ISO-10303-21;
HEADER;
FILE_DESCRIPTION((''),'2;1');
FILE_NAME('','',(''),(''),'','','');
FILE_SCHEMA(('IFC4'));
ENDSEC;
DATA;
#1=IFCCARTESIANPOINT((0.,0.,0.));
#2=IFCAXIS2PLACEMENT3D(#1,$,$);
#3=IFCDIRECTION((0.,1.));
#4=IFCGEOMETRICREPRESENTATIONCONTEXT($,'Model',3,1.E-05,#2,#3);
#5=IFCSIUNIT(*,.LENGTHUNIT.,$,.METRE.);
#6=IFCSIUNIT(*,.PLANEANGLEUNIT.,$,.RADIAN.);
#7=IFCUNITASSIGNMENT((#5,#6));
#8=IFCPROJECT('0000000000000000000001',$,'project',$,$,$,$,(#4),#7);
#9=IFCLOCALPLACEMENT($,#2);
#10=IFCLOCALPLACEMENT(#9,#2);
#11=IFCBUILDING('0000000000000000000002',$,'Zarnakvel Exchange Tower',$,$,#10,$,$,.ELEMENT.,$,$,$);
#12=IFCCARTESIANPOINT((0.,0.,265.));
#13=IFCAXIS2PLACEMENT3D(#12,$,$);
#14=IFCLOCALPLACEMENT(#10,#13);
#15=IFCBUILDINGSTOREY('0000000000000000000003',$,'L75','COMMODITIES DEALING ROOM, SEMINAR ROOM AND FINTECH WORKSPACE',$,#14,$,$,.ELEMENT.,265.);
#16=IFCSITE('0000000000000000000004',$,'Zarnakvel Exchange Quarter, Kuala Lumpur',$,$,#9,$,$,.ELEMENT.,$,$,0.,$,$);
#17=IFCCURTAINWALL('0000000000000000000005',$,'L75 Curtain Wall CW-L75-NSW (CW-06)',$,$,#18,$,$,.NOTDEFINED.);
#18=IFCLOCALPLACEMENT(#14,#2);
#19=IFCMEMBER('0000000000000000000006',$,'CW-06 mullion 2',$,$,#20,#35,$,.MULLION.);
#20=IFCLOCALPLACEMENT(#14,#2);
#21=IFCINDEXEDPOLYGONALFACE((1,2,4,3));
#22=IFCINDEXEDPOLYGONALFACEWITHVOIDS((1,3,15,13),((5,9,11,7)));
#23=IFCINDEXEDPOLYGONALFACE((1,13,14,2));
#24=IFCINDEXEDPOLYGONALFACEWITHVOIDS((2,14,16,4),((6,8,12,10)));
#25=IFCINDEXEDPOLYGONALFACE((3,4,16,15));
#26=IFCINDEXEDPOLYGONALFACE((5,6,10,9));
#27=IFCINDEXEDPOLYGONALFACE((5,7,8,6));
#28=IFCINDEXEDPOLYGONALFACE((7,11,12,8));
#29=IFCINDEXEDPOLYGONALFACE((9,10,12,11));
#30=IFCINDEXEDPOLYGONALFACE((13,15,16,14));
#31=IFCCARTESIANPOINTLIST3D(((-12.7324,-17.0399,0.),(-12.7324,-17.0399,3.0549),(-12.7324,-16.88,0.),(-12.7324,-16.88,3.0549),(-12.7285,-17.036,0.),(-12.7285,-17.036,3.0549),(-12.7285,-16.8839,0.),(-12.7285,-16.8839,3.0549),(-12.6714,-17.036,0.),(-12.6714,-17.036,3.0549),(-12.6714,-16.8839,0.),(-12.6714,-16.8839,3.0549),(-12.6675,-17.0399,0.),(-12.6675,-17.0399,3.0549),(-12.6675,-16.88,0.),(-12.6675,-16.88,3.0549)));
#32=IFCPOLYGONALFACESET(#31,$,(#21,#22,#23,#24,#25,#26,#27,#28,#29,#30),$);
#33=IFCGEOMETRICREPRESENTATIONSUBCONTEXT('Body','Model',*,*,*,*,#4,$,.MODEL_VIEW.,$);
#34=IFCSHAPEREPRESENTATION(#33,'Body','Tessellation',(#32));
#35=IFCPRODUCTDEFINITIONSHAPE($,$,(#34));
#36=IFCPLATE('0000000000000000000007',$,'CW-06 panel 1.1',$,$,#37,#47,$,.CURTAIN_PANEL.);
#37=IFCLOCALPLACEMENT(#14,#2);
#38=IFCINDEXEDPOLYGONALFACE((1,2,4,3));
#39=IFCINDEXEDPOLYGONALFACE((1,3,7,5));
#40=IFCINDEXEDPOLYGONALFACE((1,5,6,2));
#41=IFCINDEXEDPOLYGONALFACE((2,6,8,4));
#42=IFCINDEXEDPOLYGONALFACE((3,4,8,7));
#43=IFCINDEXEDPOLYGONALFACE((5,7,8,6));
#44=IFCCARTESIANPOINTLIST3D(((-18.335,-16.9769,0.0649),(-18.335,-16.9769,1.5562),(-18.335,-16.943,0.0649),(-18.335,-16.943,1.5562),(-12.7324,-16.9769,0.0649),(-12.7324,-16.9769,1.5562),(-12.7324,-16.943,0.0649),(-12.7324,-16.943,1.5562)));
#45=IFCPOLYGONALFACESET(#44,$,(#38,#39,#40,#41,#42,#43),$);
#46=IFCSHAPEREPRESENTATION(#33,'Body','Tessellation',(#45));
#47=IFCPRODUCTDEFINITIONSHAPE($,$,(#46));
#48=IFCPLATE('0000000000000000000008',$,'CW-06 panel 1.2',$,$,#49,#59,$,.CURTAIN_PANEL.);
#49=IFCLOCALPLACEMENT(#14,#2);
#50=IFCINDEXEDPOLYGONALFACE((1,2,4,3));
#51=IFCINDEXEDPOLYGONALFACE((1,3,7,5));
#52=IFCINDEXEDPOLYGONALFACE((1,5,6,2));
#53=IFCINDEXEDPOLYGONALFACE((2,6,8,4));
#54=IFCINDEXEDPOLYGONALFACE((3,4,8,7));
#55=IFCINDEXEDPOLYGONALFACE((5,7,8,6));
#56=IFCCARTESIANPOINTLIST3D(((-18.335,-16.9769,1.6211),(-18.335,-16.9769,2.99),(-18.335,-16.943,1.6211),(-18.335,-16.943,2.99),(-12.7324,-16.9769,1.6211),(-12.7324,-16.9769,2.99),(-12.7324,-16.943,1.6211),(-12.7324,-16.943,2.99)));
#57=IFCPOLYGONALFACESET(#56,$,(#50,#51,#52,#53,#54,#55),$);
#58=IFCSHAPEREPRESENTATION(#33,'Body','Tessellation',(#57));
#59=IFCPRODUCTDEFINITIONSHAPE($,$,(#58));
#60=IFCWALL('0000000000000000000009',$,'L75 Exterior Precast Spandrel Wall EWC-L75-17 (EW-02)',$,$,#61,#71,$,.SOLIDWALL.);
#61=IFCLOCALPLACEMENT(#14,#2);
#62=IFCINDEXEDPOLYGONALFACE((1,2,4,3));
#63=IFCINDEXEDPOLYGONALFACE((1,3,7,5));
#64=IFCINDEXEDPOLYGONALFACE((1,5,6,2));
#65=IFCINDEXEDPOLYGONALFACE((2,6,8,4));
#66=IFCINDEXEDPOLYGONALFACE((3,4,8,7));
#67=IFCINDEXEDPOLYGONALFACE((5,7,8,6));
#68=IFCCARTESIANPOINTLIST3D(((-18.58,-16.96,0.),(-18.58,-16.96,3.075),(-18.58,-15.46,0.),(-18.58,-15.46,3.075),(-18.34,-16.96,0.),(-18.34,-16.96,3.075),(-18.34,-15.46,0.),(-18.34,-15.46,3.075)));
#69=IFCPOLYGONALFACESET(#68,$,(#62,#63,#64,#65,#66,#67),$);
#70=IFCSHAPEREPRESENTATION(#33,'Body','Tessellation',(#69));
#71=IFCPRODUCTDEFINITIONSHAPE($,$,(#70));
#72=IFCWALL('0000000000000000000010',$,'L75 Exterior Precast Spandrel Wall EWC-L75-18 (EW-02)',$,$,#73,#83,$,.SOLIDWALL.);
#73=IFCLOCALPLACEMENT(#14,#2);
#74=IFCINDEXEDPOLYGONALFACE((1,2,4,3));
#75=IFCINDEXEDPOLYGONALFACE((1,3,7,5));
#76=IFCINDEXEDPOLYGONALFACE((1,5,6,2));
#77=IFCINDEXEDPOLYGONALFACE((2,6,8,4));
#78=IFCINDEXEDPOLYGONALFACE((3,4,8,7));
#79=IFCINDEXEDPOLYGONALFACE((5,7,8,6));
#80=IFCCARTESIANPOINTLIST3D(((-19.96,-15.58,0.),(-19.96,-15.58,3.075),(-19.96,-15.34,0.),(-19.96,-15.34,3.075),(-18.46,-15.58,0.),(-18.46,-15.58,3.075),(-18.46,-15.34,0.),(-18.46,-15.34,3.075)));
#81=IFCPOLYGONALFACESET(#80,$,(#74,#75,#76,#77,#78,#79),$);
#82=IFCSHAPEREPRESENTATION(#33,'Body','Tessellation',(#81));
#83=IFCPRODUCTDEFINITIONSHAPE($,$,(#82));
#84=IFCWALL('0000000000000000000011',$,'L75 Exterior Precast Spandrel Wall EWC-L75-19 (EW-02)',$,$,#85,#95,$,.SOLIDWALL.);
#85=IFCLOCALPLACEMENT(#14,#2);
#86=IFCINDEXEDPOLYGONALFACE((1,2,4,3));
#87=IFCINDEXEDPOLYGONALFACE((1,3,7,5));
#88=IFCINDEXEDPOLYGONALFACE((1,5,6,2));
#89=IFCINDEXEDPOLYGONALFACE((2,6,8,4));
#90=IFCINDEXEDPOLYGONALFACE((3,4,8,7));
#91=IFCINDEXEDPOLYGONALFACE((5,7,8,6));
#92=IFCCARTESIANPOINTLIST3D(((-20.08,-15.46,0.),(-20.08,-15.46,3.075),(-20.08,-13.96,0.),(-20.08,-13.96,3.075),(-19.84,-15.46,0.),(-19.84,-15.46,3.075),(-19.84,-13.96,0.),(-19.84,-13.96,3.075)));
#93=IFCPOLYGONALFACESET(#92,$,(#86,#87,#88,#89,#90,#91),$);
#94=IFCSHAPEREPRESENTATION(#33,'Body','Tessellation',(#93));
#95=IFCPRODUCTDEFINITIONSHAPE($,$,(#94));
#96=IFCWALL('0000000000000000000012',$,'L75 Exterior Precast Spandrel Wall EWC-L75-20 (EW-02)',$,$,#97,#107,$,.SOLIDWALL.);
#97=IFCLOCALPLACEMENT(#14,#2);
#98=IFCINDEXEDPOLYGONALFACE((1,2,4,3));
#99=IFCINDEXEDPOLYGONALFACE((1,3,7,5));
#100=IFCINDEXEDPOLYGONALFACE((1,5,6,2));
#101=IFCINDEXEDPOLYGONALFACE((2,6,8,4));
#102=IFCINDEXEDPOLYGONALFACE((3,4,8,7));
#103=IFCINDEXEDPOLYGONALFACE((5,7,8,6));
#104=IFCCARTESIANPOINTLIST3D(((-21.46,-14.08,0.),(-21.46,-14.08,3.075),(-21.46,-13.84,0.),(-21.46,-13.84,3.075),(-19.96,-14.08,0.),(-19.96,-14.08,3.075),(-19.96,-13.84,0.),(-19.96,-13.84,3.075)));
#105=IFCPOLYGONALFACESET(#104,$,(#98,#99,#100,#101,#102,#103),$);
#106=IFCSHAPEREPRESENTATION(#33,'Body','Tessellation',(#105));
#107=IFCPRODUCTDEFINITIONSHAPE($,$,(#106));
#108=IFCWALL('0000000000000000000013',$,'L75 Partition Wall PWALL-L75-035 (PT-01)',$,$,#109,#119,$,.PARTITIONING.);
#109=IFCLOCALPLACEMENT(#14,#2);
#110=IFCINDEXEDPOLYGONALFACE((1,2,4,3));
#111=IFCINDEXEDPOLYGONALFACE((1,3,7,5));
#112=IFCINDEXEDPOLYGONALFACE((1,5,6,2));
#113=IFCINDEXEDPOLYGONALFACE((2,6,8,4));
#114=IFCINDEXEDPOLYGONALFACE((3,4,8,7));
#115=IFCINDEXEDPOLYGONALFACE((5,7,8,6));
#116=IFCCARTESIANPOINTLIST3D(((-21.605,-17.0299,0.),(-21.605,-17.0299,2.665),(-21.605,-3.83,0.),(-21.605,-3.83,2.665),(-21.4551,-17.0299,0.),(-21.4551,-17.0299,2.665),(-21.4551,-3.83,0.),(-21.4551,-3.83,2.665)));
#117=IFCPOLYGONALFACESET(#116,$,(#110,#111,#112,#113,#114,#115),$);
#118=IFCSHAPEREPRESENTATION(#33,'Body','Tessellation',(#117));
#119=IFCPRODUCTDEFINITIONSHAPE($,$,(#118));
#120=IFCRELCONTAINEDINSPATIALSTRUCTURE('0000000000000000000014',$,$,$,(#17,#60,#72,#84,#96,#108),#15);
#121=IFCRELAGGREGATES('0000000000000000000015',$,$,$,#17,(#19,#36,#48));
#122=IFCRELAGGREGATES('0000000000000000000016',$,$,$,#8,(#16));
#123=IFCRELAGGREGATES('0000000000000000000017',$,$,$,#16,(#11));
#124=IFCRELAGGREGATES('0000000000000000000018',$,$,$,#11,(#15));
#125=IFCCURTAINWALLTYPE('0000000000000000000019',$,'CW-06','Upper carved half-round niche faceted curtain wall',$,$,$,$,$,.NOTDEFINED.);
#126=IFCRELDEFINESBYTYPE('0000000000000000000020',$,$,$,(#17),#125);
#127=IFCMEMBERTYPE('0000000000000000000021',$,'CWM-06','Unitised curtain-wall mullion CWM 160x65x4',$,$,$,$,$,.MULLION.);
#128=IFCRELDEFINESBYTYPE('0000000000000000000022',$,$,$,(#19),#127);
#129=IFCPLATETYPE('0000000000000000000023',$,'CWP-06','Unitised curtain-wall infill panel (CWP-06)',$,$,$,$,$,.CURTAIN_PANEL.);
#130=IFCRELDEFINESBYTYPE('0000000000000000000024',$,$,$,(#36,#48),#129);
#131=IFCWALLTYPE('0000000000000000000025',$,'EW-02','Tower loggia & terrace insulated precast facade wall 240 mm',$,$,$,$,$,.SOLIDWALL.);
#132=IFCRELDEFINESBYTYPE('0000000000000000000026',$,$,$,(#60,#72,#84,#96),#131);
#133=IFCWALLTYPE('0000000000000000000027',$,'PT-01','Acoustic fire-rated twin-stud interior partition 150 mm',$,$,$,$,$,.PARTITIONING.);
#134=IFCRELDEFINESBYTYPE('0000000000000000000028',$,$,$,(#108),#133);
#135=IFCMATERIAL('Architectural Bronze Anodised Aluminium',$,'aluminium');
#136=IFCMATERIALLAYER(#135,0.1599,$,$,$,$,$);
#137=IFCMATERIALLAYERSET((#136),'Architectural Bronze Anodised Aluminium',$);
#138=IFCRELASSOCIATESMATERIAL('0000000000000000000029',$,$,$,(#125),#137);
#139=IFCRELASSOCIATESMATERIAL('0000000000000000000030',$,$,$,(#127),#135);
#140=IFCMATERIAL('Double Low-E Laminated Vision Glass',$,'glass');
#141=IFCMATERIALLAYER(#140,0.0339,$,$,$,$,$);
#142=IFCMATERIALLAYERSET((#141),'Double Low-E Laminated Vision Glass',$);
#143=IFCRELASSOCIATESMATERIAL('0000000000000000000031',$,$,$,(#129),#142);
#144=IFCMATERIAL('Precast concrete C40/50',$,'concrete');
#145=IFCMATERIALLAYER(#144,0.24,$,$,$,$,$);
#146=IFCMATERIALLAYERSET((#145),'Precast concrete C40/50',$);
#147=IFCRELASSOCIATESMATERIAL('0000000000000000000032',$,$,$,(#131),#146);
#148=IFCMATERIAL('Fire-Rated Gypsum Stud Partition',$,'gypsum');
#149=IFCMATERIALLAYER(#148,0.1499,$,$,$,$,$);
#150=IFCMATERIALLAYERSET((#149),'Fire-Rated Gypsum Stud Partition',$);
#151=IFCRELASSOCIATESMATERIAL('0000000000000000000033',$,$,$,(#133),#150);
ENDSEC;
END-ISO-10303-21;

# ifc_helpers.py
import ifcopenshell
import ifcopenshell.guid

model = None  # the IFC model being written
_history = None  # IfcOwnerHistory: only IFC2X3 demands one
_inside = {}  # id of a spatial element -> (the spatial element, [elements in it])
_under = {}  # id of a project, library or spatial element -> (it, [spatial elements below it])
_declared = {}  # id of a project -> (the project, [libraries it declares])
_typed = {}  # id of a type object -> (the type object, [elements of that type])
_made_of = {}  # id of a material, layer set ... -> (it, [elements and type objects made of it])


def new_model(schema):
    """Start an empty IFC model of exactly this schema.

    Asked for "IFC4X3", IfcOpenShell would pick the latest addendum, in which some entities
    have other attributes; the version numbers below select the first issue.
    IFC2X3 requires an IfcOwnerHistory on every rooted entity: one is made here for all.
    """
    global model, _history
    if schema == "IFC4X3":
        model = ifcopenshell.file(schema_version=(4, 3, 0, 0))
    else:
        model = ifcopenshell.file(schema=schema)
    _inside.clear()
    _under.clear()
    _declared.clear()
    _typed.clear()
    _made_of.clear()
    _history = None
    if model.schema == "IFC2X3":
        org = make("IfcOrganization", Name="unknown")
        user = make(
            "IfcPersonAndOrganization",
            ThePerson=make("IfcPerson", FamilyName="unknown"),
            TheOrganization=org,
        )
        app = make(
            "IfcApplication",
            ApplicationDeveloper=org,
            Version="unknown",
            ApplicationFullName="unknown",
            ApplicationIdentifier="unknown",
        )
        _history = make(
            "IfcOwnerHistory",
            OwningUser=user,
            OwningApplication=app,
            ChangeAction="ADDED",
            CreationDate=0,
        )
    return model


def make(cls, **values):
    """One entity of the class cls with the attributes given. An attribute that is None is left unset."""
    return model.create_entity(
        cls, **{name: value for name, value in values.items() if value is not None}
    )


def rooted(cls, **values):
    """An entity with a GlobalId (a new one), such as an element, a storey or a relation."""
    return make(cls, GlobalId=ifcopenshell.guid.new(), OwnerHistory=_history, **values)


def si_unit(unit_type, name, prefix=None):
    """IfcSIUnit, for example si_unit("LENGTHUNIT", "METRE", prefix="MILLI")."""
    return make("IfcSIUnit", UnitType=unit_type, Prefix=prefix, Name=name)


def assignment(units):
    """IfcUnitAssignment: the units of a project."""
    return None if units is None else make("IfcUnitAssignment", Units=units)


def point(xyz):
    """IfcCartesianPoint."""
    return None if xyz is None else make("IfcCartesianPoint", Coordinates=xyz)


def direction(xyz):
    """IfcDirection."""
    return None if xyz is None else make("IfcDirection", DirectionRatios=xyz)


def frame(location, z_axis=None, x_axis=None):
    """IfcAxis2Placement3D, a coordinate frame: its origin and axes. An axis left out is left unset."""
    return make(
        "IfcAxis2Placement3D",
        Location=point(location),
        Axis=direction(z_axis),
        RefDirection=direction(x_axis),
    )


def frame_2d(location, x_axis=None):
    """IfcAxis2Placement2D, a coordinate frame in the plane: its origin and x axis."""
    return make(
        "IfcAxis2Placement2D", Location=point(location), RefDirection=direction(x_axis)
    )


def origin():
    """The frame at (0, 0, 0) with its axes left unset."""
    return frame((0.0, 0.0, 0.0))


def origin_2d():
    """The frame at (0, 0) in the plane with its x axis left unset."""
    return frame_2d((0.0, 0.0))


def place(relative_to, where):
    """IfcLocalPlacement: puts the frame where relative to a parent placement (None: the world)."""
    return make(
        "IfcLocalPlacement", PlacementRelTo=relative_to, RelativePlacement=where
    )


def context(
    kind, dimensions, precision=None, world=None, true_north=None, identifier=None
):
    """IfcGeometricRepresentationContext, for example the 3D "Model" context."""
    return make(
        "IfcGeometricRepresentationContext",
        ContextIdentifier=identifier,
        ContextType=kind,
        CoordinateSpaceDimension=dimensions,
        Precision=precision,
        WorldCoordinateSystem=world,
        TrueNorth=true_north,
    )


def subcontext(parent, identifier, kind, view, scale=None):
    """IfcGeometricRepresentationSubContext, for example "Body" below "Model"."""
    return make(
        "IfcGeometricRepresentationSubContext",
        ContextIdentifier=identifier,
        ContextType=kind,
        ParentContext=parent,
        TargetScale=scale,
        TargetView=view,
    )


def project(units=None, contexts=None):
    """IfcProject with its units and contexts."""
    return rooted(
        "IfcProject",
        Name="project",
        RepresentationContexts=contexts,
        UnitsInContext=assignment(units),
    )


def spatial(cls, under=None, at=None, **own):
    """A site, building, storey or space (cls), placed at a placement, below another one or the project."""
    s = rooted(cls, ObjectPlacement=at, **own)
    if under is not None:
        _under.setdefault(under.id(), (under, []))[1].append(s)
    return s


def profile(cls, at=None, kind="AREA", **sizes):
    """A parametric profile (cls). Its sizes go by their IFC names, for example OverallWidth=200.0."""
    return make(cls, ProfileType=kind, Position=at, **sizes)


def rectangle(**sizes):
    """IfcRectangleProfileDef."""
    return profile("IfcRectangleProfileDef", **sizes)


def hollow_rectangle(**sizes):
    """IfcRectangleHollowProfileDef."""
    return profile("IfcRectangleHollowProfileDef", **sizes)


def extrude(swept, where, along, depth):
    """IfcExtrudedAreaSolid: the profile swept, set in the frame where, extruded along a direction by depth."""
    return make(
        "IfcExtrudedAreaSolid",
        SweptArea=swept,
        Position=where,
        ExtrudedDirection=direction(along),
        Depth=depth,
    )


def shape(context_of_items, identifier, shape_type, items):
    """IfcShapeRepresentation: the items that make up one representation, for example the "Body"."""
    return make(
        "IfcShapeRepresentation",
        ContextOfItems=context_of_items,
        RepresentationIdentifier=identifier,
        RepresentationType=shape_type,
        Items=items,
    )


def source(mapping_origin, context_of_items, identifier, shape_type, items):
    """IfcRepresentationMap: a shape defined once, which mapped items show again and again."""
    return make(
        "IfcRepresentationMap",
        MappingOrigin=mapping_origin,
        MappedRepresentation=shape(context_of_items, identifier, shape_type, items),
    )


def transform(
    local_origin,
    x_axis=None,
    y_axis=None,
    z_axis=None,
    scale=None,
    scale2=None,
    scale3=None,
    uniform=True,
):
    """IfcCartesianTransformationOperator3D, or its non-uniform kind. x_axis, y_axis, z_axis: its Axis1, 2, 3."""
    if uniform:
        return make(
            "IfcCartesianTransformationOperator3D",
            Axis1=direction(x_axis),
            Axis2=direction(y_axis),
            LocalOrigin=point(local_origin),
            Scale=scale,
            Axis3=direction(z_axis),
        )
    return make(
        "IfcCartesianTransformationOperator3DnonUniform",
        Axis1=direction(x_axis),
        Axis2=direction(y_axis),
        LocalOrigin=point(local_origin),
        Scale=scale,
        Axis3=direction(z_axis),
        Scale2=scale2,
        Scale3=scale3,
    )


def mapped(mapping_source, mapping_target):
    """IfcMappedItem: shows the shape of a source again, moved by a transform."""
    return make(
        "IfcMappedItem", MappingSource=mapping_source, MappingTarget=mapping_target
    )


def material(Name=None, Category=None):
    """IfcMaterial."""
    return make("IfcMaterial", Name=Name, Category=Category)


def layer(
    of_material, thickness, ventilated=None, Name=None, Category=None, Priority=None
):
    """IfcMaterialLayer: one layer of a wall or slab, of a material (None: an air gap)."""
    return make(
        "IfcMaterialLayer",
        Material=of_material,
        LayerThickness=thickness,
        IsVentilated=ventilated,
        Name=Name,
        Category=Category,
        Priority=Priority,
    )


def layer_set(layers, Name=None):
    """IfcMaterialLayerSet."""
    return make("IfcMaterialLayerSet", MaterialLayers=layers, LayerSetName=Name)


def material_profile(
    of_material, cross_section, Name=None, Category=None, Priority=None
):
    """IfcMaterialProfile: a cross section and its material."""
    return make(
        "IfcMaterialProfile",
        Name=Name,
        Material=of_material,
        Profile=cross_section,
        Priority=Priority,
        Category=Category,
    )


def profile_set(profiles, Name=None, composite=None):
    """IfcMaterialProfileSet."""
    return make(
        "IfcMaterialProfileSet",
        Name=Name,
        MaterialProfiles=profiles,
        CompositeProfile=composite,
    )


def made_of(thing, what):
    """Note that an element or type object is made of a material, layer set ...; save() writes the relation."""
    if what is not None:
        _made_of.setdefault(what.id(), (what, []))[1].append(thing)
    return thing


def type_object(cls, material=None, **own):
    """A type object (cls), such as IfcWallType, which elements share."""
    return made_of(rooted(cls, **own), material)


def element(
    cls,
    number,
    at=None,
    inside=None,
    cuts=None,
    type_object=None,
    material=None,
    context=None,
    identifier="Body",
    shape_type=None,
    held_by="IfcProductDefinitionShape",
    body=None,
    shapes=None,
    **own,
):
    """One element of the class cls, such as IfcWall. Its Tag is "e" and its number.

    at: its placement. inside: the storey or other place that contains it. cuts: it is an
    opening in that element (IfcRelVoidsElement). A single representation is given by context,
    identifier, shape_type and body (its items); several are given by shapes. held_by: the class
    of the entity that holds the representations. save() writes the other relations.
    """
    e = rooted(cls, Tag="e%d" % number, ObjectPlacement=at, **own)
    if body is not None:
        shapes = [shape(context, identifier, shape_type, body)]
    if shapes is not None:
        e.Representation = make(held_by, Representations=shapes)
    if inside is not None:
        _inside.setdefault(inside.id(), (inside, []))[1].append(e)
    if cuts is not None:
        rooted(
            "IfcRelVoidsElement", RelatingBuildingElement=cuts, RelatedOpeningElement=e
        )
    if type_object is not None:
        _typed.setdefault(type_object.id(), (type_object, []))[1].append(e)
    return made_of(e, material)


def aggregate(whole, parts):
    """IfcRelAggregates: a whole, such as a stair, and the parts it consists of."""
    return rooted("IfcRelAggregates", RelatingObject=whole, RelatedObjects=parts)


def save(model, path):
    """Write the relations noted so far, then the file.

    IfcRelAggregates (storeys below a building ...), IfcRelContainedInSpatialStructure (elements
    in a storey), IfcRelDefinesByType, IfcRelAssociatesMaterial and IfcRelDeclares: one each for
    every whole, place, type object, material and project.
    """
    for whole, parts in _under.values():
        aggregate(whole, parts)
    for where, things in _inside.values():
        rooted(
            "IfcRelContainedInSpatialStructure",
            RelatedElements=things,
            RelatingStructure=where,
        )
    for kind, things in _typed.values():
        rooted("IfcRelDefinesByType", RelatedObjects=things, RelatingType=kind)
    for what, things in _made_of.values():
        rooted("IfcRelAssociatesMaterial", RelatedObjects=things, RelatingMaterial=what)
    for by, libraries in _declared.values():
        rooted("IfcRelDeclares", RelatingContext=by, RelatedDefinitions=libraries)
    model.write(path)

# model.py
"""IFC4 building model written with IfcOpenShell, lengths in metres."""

from ifc_helpers import new_model, si_unit, direction, frame, frame_2d, origin, origin_2d, place, context, subcontext, project, spatial, rectangle, hollow_rectangle, extrude, source, transform, mapped, material, layer, layer_set, material_profile, profile_set, type_object, element, aggregate, save


model = new_model("IFC4")

# Units and contexts
model_context = context("Model", 3, precision=1e-05, world=origin(), true_north=direction((0.0, 1.0)))
body_context = subcontext(model_context, "Body", "Model", "MODEL_VIEW")
ifc_project = project(units=[si_unit("LENGTHUNIT", "METRE"), si_unit("PLANEANGLEUNIT", "RADIAN")], contexts=[model_context])

# Site, building, storey
site_placement = place(None, origin())
site = spatial("IfcSite", under=ifc_project, at=site_placement, Name="Zarnakvel Exchange Quarter, Kuala Lumpur", CompositionType="ELEMENT", RefElevation=0.0)
building_placement = place(site_placement, origin())
building = spatial("IfcBuilding", under=site, at=building_placement, Name="Zarnakvel Exchange Tower", CompositionType="ELEMENT")
storey_placement = place(building_placement, frame((0.0, 0.0, 265.0)))
storey = spatial("IfcBuildingStorey", under=building, at=storey_placement, Name="L75", Description="COMMODITIES DEALING ROOM, SEMINAR ROOM AND FINTECH WORKSPACE", CompositionType="ELEMENT", Elevation=265.0)

# Shared definitions
ifc_material_1 = material(Name="Architectural Bronze Anodised Aluminium", Category="aluminium")

# Curtain wall, member, plates
ifc_layer_1 = layer(ifc_material_1, 0.1599)
ifc_layer_set_1 = layer_set([ifc_layer_1], Name="Architectural Bronze Anodised Aluminium")
curtain_wall_type_1 = type_object("IfcCurtainWallType", Name="CW-06", Description="Upper carved half-round niche faceted curtain wall", PredefinedType="NOTDEFINED", material=ifc_layer_set_1)
curtain_wall_1_placement = place(storey_placement, origin())
curtain_wall_1 = element("IfcCurtainWall", 1, at=curtain_wall_1_placement, inside=storey, type_object=curtain_wall_type_1, Name="L75 Curtain Wall CW-L75-NSW (CW-06)", PredefinedType="NOTDEFINED")
ifc_material_profile_1 = material_profile(ifc_material_1, hollow_rectangle(XDim=0.1599, YDim=0.0649, WallThickness=0.0039, at=origin_2d()))
ifc_profile_set_1 = profile_set([ifc_material_profile_1], Name="Architectural Bronze Anodised Aluminium")
member_type_1 = type_object("IfcMemberType", Name="CWM-06", Description="Unitised curtain-wall mullion CWM 160x65x4", PredefinedType="MULLION", material=ifc_profile_set_1)
shared_shape_1 = source(origin(), body_context, "Body", "SweptSolid", [
    extrude(hollow_rectangle(XDim=0.1599, YDim=0.0649, WallThickness=0.0039, at=origin_2d()), origin(), (0.0, 0.0, 1.0), 3.0549),
])
member_1_placement = place(storey_placement, frame((-12.7, -16.96, 0.0), z_axis=(0.0, 0.0, 1.0), x_axis=(0.0, 1.0, 0.0)))
member_1 = element("IfcMember", 2, at=member_1_placement, type_object=member_type_1, Name="CW-06 mullion 2", PredefinedType="MULLION", context=body_context, shape_type="MappedRepresentation", body=[
    mapped(shared_shape_1, transform((0.0, 0.0, 0.0), x_axis=(1.0, 0.0, 0.0), y_axis=(0.0, 1.0, 0.0), z_axis=(0.0, 0.0, 1.0), scale=1.0)),
])
ifc_material_2 = material(Name="Double Low-E Laminated Vision Glass", Category="glass")
ifc_layer_2 = layer(ifc_material_2, 0.0339)
ifc_layer_set_2 = layer_set([ifc_layer_2], Name="Double Low-E Laminated Vision Glass")
plate_type = type_object("IfcPlateType", Name="CWP-06", Description="Unitised curtain-wall infill panel (CWP-06)", PredefinedType="CURTAIN_PANEL", material=ifc_layer_set_2)
shared_shape_2 = source(origin(), body_context, "Body", "SweptSolid", [
    extrude(rectangle(XDim=5.6025, YDim=0.0339, at=origin_2d()), origin(), (0.0, 0.0, 1.0), 1.4912),
])
plate_1_placement = place(storey_placement, frame((-15.5337, -16.96, 0.0649), z_axis=(0.0, 0.0, 1.0), x_axis=(1.0, 0.0, 0.0)))
plate_1 = element("IfcPlate", 3, at=plate_1_placement, type_object=plate_type, Name="CW-06 panel 1.1", PredefinedType="CURTAIN_PANEL", context=body_context, shape_type="MappedRepresentation", body=[
    mapped(shared_shape_2, transform((0.0, 0.0, 0.0), x_axis=(1.0, 0.0, 0.0), y_axis=(0.0, 1.0, 0.0), z_axis=(0.0, 0.0, 1.0), scale=1.0)),
])
shared_shape_3 = source(origin(), body_context, "Body", "SweptSolid", [
    extrude(rectangle(XDim=5.6025, YDim=0.0339, at=origin_2d()), origin(), (0.0, 0.0, 1.0), 1.3689),
])
plate_2_placement = place(storey_placement, frame((-15.5337, -16.96, 1.6211), z_axis=(0.0, 0.0, 1.0), x_axis=(1.0, 0.0, 0.0)))
plate_2 = element("IfcPlate", 4, at=plate_2_placement, type_object=plate_type, Name="CW-06 panel 1.2", PredefinedType="CURTAIN_PANEL", context=body_context, shape_type="MappedRepresentation", body=[
    mapped(shared_shape_3, transform((0.0, 0.0, 0.0), x_axis=(1.0, 0.0, 0.0), y_axis=(0.0, 1.0, 0.0), z_axis=(0.0, 0.0, 1.0), scale=1.0)),
])
aggregate(curtain_wall_1, [member_1, plate_1, plate_2])

# Walls
ifc_material_3 = material(Name="Precast concrete C40/50", Category="concrete")
ifc_layer_3 = layer(ifc_material_3, 0.24)
ifc_layer_set_3 = layer_set([ifc_layer_3], Name="Precast concrete C40/50")
wall_type_1 = type_object("IfcWallType", Name="EW-02", Description="Tower loggia & terrace insulated precast facade wall 240 mm", PredefinedType="SOLIDWALL", material=ifc_layer_set_3)
for number, where, z_axis, x_axis, name in (
    (5, (-18.46, -15.46, 0.0), (0.0, 0.0, 1.0), (0.0, -1.0, 0.0), "L75 Exterior Precast Spandrel Wall EWC-L75-17 (EW-02)"),
    (6, (-19.96, -15.46, 0.0), (0.0, 0.0, 1.0), (1.0, 0.0, 0.0), "L75 Exterior Precast Spandrel Wall EWC-L75-18 (EW-02)"),
    (7, (-19.96, -13.96, 0.0), (0.0, 0.0, 1.0), (0.0, -1.0, 0.0), "L75 Exterior Precast Spandrel Wall EWC-L75-19 (EW-02)"),
    (8, (-21.46, -13.96, 0.0), (0.0, 0.0, 1.0), (1.0, 0.0, 0.0), "L75 Exterior Precast Spandrel Wall EWC-L75-20 (EW-02)"),
):
    element("IfcWall", number, at=place(storey_placement, frame(where, z_axis=z_axis, x_axis=x_axis)), inside=storey, type_object=wall_type_1, Name=name, PredefinedType="SOLIDWALL", context=body_context, shape_type="SweptSolid", body=[
        extrude(rectangle(XDim=1.5, YDim=0.24, at=frame_2d((0.75, 0.0))), origin(), (0.0, 0.0, 1.0), 3.075),
    ])
ifc_material_4 = material(Name="Fire-Rated Gypsum Stud Partition", Category="gypsum")
ifc_layer_4 = layer(ifc_material_4, 0.1499)
ifc_layer_set_4 = layer_set([ifc_layer_4], Name="Fire-Rated Gypsum Stud Partition")
wall_type_2 = type_object("IfcWallType", Name="PT-01", Description="Acoustic fire-rated twin-stud interior partition 150 mm", PredefinedType="PARTITIONING", material=ifc_layer_set_4)
wall_placement = place(storey_placement, frame((-21.53, -17.03, 0.0), z_axis=(0.0, 0.0, 1.0), x_axis=(0.0, 1.0, 0.0)))
element("IfcWall", 9, at=wall_placement, inside=storey, type_object=wall_type_2, Name="L75 Partition Wall PWALL-L75-035 (PT-01)", PredefinedType="PARTITIONING", context=body_context, shape_type="SweptSolid", body=[
    extrude(rectangle(XDim=13.2, YDim=0.1499, at=frame_2d((6.6001, 0.0))), origin(), (0.0, 0.0, 1.0), 2.665),
])

save(model, "model.ifc")
